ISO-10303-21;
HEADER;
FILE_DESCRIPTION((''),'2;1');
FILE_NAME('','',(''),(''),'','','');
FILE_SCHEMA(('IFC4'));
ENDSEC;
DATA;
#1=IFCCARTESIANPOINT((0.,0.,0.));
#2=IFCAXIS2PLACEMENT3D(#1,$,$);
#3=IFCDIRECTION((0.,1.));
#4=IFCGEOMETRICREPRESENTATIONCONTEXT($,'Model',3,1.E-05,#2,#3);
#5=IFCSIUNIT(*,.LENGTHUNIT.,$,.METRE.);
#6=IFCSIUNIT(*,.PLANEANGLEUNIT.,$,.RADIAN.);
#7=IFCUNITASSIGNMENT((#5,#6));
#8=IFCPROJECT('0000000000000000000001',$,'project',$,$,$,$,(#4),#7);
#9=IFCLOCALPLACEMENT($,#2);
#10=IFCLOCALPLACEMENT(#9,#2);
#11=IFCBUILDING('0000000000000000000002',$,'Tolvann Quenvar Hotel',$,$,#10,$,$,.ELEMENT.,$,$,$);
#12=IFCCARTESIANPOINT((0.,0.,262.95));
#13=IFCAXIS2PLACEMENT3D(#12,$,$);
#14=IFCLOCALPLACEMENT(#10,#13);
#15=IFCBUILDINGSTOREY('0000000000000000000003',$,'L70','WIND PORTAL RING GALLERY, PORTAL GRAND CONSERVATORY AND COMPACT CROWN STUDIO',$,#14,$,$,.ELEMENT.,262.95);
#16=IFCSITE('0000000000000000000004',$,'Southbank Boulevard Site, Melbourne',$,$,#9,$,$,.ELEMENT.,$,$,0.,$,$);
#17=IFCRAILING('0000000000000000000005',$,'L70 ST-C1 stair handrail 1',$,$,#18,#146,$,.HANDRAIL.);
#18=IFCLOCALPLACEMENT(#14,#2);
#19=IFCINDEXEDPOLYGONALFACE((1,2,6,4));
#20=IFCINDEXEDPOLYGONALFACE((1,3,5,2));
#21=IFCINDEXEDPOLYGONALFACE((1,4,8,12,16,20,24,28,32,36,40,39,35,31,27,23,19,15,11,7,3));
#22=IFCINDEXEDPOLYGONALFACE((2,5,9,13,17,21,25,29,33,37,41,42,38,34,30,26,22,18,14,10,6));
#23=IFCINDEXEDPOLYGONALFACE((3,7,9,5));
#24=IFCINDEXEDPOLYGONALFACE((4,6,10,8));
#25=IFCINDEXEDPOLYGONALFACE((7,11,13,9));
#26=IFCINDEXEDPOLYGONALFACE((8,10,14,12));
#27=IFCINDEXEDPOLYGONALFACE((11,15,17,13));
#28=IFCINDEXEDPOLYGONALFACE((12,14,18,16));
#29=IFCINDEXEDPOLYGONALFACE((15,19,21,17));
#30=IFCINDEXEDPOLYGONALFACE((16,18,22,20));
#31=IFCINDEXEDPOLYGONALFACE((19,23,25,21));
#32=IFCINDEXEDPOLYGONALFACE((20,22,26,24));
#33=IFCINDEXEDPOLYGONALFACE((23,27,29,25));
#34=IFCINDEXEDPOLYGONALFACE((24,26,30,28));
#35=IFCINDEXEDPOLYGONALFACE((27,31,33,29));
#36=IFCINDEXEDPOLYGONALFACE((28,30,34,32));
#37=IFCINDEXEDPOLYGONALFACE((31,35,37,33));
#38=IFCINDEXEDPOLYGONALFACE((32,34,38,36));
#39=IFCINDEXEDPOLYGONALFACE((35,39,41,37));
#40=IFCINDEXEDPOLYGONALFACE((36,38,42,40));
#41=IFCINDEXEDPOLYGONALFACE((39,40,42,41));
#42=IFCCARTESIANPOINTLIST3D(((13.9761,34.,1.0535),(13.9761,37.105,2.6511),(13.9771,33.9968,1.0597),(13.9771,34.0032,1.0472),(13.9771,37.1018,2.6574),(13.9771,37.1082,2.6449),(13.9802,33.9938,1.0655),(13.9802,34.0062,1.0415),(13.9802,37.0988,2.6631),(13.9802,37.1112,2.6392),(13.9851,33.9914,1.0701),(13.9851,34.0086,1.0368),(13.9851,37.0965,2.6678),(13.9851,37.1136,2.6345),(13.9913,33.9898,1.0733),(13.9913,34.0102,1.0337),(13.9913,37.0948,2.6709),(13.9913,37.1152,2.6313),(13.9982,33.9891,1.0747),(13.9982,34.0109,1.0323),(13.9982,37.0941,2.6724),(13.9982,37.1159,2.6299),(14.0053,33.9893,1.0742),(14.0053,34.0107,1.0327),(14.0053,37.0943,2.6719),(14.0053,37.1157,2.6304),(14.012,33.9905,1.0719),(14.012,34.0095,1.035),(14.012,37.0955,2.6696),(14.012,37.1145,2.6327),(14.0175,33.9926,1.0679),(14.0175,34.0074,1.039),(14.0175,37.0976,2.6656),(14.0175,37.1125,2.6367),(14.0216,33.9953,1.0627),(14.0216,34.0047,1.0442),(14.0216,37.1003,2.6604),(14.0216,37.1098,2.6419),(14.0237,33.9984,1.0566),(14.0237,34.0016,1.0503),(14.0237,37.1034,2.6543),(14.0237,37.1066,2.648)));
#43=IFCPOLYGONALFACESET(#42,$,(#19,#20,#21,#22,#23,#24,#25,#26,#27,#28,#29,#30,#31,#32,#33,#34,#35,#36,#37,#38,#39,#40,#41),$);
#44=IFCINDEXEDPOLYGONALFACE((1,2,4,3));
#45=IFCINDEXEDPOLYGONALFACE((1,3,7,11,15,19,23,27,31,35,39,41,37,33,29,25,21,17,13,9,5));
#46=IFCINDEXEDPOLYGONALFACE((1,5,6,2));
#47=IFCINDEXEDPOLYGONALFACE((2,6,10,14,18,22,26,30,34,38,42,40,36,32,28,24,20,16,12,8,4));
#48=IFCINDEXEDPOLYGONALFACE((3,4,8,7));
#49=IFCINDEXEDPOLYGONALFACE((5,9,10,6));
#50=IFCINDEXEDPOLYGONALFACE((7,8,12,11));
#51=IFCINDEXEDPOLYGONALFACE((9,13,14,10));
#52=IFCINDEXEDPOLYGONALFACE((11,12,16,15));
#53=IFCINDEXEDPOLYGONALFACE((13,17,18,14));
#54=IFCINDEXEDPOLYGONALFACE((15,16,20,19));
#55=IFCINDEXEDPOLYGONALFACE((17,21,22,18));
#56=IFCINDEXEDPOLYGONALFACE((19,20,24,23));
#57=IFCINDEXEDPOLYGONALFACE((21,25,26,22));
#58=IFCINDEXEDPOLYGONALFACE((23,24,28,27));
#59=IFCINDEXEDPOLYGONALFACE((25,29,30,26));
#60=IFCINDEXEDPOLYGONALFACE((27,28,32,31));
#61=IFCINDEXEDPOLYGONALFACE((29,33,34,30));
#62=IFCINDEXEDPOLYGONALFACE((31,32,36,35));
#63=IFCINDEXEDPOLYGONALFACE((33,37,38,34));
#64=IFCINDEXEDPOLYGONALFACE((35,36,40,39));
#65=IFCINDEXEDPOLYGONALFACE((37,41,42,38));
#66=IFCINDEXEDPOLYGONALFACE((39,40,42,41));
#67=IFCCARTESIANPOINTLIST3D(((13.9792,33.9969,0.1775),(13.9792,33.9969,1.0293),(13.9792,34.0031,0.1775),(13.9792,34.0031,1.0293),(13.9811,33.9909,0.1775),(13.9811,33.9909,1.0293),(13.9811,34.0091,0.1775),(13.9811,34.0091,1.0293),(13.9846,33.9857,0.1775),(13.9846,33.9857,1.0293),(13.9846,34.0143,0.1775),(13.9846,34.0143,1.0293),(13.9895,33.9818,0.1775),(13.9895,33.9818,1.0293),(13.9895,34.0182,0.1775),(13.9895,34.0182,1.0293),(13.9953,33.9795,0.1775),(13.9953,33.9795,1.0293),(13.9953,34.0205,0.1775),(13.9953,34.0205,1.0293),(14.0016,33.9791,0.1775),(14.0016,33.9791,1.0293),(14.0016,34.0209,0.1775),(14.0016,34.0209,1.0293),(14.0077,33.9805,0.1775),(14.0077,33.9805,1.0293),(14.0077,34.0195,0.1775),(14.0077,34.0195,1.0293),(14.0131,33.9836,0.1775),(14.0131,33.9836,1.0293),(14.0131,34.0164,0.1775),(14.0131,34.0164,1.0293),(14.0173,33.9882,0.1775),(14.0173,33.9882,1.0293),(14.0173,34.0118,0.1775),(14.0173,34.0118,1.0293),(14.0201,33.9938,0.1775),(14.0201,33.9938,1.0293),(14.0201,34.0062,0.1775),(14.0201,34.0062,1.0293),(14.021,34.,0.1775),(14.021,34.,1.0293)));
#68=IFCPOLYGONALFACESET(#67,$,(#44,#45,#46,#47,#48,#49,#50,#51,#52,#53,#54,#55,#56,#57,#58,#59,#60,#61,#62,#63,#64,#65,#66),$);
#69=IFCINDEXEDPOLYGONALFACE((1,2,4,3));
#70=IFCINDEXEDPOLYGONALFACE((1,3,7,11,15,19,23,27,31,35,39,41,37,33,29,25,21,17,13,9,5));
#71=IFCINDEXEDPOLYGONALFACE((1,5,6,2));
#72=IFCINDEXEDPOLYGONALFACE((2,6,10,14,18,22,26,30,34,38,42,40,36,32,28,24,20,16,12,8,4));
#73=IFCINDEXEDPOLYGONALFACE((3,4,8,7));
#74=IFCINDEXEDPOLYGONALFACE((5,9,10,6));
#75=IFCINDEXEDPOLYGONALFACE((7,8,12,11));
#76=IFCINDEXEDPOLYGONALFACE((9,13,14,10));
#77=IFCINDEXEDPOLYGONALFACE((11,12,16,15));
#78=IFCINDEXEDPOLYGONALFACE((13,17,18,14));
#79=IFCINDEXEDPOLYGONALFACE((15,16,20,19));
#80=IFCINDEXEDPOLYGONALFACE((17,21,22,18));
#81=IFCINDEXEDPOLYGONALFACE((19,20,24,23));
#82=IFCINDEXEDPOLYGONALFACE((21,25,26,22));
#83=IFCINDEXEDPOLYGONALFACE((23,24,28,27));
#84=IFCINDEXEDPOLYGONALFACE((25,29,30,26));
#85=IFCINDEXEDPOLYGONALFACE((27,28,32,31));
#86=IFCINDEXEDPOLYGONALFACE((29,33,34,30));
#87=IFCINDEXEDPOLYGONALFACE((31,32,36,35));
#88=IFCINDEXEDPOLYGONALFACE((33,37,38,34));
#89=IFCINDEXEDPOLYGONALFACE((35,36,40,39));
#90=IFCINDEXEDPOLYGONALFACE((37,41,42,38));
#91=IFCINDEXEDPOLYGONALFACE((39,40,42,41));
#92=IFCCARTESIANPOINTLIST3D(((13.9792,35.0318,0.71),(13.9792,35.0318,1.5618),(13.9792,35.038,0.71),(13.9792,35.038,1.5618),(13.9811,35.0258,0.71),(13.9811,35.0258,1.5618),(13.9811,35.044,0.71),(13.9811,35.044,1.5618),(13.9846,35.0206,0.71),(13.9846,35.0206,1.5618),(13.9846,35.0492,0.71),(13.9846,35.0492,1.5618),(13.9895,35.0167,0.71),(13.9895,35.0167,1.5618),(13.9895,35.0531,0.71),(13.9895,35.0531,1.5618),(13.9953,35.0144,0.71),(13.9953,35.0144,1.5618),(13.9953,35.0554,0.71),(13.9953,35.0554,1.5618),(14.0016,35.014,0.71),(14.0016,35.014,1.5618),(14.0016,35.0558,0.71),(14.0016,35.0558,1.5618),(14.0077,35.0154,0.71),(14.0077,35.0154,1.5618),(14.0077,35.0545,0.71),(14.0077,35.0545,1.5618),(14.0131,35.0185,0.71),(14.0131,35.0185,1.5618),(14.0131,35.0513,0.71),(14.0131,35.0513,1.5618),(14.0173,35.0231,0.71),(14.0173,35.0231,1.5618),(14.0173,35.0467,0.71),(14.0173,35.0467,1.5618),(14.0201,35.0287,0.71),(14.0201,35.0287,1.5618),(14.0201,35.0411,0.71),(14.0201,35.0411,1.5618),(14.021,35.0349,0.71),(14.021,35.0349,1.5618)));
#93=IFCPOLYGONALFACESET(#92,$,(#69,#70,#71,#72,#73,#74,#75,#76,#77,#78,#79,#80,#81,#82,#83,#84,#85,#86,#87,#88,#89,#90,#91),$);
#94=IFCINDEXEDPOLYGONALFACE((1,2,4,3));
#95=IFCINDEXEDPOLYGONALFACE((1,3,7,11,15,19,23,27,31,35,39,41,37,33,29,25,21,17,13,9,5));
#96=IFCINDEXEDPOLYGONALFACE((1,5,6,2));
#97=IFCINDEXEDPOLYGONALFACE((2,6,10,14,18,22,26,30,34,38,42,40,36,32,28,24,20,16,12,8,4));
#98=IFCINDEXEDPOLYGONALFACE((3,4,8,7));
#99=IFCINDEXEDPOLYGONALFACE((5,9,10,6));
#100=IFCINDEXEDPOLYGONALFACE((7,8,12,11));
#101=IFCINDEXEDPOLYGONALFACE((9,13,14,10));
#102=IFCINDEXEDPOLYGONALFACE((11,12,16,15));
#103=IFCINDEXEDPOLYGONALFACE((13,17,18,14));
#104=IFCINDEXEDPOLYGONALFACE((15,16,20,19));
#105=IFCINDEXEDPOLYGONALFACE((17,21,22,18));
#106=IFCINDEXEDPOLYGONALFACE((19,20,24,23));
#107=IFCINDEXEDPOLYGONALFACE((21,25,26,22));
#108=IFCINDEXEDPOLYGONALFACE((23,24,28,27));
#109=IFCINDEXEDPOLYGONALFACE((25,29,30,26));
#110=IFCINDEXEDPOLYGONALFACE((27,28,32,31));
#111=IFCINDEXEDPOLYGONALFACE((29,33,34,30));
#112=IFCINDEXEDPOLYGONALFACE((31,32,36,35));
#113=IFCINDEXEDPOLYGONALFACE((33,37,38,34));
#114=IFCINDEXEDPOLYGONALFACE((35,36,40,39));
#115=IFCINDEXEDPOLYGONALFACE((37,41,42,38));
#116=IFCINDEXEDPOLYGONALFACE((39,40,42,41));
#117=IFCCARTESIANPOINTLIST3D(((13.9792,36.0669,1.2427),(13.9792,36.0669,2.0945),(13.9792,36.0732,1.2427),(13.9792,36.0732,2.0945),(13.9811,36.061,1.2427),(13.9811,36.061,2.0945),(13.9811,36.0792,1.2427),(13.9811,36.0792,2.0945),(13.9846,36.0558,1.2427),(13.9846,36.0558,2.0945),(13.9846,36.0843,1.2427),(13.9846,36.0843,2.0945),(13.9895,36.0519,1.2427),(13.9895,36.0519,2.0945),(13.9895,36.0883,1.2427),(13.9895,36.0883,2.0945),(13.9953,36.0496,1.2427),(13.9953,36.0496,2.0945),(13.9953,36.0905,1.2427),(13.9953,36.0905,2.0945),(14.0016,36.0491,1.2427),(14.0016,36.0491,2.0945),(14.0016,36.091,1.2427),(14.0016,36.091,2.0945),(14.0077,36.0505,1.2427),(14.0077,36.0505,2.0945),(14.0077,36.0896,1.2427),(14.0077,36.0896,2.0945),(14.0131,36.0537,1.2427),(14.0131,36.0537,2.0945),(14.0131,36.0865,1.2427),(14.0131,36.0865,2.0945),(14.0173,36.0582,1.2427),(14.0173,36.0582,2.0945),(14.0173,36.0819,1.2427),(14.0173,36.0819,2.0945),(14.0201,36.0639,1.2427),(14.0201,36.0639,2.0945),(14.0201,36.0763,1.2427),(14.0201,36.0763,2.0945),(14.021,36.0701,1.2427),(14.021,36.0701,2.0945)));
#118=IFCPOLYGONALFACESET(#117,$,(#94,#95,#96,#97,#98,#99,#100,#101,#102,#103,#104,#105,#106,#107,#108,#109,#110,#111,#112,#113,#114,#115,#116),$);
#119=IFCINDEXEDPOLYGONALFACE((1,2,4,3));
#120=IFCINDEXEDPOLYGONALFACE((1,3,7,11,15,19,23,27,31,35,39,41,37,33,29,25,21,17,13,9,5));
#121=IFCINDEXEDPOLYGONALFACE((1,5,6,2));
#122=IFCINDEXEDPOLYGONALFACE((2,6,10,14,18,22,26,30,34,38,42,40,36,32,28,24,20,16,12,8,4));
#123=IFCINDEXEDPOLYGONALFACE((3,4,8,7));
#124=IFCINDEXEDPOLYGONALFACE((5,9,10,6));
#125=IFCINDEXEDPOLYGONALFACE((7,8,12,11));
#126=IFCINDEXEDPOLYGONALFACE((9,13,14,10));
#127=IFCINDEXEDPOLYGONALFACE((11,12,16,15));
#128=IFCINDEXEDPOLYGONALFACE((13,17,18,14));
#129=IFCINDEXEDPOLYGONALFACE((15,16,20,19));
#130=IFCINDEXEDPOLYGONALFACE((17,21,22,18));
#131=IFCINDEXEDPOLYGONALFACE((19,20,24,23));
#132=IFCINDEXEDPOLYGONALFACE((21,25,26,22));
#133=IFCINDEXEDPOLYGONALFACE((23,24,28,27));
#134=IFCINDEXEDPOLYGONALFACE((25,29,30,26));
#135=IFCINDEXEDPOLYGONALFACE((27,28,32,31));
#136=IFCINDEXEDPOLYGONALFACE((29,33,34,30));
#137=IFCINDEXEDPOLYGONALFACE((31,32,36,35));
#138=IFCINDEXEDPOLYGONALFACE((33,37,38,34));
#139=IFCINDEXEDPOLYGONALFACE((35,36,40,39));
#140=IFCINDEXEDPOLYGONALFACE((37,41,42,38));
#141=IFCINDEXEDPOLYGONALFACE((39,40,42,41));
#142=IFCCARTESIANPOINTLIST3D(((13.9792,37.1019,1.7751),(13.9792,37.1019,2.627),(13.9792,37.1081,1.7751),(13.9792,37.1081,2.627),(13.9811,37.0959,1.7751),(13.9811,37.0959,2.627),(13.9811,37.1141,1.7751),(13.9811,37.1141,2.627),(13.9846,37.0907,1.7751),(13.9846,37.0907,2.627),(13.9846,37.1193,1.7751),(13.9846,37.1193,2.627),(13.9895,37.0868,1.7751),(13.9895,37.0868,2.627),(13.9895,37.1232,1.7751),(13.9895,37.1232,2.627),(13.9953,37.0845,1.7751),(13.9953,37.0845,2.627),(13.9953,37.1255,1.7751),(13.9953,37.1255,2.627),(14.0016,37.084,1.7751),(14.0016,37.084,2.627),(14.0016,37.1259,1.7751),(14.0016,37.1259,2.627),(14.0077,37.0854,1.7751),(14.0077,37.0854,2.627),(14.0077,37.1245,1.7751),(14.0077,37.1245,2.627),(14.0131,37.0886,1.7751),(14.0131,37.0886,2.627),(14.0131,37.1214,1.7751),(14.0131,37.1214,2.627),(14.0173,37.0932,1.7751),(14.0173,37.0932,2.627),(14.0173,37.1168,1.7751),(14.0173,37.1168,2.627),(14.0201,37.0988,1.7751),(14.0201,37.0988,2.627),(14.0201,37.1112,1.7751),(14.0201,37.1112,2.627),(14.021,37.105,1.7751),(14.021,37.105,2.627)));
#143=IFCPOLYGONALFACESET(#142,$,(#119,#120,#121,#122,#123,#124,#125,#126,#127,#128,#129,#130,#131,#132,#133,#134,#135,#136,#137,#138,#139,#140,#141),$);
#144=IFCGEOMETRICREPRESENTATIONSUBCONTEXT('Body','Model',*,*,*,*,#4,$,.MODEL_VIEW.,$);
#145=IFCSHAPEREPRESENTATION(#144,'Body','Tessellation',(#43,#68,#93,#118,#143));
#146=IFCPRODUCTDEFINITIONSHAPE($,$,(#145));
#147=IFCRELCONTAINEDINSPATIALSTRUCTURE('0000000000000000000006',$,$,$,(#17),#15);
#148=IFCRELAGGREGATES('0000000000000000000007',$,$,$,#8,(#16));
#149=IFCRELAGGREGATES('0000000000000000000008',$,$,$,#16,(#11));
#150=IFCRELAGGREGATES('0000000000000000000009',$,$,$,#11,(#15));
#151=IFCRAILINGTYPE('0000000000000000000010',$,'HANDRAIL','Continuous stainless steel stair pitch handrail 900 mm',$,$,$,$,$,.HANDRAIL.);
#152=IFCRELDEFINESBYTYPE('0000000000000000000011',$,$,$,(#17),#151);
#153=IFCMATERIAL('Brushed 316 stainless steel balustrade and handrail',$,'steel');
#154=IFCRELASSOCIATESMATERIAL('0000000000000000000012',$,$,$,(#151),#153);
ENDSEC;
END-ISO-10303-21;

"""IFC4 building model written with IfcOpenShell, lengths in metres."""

from ifc_helpers import new_model, si_unit, direction, frame, origin, origin_2d, place, context, subcontext, project, spatial, circle, extrude, material, type_object, element, save


model = new_model("IFC4")

# Units and contexts
model_context = context("Model", 3, precision=1e-05, world=origin(), true_north=direction((0.0, 1.0)))
body_context = subcontext(model_context, "Body", "Model", "MODEL_VIEW")
ifc_project = project(units=[si_unit("LENGTHUNIT", "METRE"), si_unit("PLANEANGLEUNIT", "RADIAN")], contexts=[model_context])

# Site, building, storey
site_placement = place(None, origin())
site = spatial("IfcSite", under=ifc_project, at=site_placement, Name="Southbank Boulevard Site, Melbourne", CompositionType="ELEMENT", RefElevation=0.0)
building_placement = place(site_placement, origin())
building = spatial("IfcBuilding", under=site, at=building_placement, Name="Tolvann Quenvar Hotel", CompositionType="ELEMENT")
storey_placement = place(building_placement, frame((0.0, 0.0, 262.95)))
storey = spatial("IfcBuildingStorey", under=building, at=storey_placement, Name="L70", Description="WIND PORTAL RING GALLERY, PORTAL GRAND CONSERVATORY AND COMPACT CROWN STUDIO", CompositionType="ELEMENT", Elevation=262.95)

# Railing
ifc_material_1 = material(Name="Brushed 316 stainless steel balustrade and handrail", Category="steel")
railing_type_1 = type_object("IfcRailingType", Name="HANDRAIL", Description="Continuous stainless steel stair pitch handrail 900 mm", PredefinedType="HANDRAIL", material=ifc_material_1)
railing_1_placement = place(storey_placement, frame((14.0, 34.0, 0.1775)))
element("IfcRailing", 1, at=railing_1_placement, inside=storey, type_object=railing_type_1, Name="L70 ST-C1 stair handrail 1", PredefinedType="HANDRAIL", context=body_context, shape_type="SweptSolid", body=[
    extrude(circle(Radius=0.0239, at=origin_2d()), frame((0.0, 0.0, 0.876), z_axis=(0.0, 0.889194, 0.457531), x_axis=(-1.0, 0.0, 0.0)), (0.0, 0.0, 1.0), 3.4919),
    extrude(circle(Radius=0.021, at=origin_2d()), origin(), (0.0, 0.0, 1.0), 0.8518),
    extrude(circle(Radius=0.021, at=origin_2d()), frame((0.0, 1.0349, 0.5325)), (0.0, 0.0, 1.0), 0.8518),
    extrude(circle(Radius=0.021, at=origin_2d()), frame((0.0, 2.0701, 1.0652)), (0.0, 0.0, 1.0), 0.8518),
    extrude(circle(Radius=0.021, at=origin_2d()), frame((0.0, 3.105, 1.5977)), (0.0, 0.0, 1.0), 0.8518),
])

save(model, "model.ifc")
